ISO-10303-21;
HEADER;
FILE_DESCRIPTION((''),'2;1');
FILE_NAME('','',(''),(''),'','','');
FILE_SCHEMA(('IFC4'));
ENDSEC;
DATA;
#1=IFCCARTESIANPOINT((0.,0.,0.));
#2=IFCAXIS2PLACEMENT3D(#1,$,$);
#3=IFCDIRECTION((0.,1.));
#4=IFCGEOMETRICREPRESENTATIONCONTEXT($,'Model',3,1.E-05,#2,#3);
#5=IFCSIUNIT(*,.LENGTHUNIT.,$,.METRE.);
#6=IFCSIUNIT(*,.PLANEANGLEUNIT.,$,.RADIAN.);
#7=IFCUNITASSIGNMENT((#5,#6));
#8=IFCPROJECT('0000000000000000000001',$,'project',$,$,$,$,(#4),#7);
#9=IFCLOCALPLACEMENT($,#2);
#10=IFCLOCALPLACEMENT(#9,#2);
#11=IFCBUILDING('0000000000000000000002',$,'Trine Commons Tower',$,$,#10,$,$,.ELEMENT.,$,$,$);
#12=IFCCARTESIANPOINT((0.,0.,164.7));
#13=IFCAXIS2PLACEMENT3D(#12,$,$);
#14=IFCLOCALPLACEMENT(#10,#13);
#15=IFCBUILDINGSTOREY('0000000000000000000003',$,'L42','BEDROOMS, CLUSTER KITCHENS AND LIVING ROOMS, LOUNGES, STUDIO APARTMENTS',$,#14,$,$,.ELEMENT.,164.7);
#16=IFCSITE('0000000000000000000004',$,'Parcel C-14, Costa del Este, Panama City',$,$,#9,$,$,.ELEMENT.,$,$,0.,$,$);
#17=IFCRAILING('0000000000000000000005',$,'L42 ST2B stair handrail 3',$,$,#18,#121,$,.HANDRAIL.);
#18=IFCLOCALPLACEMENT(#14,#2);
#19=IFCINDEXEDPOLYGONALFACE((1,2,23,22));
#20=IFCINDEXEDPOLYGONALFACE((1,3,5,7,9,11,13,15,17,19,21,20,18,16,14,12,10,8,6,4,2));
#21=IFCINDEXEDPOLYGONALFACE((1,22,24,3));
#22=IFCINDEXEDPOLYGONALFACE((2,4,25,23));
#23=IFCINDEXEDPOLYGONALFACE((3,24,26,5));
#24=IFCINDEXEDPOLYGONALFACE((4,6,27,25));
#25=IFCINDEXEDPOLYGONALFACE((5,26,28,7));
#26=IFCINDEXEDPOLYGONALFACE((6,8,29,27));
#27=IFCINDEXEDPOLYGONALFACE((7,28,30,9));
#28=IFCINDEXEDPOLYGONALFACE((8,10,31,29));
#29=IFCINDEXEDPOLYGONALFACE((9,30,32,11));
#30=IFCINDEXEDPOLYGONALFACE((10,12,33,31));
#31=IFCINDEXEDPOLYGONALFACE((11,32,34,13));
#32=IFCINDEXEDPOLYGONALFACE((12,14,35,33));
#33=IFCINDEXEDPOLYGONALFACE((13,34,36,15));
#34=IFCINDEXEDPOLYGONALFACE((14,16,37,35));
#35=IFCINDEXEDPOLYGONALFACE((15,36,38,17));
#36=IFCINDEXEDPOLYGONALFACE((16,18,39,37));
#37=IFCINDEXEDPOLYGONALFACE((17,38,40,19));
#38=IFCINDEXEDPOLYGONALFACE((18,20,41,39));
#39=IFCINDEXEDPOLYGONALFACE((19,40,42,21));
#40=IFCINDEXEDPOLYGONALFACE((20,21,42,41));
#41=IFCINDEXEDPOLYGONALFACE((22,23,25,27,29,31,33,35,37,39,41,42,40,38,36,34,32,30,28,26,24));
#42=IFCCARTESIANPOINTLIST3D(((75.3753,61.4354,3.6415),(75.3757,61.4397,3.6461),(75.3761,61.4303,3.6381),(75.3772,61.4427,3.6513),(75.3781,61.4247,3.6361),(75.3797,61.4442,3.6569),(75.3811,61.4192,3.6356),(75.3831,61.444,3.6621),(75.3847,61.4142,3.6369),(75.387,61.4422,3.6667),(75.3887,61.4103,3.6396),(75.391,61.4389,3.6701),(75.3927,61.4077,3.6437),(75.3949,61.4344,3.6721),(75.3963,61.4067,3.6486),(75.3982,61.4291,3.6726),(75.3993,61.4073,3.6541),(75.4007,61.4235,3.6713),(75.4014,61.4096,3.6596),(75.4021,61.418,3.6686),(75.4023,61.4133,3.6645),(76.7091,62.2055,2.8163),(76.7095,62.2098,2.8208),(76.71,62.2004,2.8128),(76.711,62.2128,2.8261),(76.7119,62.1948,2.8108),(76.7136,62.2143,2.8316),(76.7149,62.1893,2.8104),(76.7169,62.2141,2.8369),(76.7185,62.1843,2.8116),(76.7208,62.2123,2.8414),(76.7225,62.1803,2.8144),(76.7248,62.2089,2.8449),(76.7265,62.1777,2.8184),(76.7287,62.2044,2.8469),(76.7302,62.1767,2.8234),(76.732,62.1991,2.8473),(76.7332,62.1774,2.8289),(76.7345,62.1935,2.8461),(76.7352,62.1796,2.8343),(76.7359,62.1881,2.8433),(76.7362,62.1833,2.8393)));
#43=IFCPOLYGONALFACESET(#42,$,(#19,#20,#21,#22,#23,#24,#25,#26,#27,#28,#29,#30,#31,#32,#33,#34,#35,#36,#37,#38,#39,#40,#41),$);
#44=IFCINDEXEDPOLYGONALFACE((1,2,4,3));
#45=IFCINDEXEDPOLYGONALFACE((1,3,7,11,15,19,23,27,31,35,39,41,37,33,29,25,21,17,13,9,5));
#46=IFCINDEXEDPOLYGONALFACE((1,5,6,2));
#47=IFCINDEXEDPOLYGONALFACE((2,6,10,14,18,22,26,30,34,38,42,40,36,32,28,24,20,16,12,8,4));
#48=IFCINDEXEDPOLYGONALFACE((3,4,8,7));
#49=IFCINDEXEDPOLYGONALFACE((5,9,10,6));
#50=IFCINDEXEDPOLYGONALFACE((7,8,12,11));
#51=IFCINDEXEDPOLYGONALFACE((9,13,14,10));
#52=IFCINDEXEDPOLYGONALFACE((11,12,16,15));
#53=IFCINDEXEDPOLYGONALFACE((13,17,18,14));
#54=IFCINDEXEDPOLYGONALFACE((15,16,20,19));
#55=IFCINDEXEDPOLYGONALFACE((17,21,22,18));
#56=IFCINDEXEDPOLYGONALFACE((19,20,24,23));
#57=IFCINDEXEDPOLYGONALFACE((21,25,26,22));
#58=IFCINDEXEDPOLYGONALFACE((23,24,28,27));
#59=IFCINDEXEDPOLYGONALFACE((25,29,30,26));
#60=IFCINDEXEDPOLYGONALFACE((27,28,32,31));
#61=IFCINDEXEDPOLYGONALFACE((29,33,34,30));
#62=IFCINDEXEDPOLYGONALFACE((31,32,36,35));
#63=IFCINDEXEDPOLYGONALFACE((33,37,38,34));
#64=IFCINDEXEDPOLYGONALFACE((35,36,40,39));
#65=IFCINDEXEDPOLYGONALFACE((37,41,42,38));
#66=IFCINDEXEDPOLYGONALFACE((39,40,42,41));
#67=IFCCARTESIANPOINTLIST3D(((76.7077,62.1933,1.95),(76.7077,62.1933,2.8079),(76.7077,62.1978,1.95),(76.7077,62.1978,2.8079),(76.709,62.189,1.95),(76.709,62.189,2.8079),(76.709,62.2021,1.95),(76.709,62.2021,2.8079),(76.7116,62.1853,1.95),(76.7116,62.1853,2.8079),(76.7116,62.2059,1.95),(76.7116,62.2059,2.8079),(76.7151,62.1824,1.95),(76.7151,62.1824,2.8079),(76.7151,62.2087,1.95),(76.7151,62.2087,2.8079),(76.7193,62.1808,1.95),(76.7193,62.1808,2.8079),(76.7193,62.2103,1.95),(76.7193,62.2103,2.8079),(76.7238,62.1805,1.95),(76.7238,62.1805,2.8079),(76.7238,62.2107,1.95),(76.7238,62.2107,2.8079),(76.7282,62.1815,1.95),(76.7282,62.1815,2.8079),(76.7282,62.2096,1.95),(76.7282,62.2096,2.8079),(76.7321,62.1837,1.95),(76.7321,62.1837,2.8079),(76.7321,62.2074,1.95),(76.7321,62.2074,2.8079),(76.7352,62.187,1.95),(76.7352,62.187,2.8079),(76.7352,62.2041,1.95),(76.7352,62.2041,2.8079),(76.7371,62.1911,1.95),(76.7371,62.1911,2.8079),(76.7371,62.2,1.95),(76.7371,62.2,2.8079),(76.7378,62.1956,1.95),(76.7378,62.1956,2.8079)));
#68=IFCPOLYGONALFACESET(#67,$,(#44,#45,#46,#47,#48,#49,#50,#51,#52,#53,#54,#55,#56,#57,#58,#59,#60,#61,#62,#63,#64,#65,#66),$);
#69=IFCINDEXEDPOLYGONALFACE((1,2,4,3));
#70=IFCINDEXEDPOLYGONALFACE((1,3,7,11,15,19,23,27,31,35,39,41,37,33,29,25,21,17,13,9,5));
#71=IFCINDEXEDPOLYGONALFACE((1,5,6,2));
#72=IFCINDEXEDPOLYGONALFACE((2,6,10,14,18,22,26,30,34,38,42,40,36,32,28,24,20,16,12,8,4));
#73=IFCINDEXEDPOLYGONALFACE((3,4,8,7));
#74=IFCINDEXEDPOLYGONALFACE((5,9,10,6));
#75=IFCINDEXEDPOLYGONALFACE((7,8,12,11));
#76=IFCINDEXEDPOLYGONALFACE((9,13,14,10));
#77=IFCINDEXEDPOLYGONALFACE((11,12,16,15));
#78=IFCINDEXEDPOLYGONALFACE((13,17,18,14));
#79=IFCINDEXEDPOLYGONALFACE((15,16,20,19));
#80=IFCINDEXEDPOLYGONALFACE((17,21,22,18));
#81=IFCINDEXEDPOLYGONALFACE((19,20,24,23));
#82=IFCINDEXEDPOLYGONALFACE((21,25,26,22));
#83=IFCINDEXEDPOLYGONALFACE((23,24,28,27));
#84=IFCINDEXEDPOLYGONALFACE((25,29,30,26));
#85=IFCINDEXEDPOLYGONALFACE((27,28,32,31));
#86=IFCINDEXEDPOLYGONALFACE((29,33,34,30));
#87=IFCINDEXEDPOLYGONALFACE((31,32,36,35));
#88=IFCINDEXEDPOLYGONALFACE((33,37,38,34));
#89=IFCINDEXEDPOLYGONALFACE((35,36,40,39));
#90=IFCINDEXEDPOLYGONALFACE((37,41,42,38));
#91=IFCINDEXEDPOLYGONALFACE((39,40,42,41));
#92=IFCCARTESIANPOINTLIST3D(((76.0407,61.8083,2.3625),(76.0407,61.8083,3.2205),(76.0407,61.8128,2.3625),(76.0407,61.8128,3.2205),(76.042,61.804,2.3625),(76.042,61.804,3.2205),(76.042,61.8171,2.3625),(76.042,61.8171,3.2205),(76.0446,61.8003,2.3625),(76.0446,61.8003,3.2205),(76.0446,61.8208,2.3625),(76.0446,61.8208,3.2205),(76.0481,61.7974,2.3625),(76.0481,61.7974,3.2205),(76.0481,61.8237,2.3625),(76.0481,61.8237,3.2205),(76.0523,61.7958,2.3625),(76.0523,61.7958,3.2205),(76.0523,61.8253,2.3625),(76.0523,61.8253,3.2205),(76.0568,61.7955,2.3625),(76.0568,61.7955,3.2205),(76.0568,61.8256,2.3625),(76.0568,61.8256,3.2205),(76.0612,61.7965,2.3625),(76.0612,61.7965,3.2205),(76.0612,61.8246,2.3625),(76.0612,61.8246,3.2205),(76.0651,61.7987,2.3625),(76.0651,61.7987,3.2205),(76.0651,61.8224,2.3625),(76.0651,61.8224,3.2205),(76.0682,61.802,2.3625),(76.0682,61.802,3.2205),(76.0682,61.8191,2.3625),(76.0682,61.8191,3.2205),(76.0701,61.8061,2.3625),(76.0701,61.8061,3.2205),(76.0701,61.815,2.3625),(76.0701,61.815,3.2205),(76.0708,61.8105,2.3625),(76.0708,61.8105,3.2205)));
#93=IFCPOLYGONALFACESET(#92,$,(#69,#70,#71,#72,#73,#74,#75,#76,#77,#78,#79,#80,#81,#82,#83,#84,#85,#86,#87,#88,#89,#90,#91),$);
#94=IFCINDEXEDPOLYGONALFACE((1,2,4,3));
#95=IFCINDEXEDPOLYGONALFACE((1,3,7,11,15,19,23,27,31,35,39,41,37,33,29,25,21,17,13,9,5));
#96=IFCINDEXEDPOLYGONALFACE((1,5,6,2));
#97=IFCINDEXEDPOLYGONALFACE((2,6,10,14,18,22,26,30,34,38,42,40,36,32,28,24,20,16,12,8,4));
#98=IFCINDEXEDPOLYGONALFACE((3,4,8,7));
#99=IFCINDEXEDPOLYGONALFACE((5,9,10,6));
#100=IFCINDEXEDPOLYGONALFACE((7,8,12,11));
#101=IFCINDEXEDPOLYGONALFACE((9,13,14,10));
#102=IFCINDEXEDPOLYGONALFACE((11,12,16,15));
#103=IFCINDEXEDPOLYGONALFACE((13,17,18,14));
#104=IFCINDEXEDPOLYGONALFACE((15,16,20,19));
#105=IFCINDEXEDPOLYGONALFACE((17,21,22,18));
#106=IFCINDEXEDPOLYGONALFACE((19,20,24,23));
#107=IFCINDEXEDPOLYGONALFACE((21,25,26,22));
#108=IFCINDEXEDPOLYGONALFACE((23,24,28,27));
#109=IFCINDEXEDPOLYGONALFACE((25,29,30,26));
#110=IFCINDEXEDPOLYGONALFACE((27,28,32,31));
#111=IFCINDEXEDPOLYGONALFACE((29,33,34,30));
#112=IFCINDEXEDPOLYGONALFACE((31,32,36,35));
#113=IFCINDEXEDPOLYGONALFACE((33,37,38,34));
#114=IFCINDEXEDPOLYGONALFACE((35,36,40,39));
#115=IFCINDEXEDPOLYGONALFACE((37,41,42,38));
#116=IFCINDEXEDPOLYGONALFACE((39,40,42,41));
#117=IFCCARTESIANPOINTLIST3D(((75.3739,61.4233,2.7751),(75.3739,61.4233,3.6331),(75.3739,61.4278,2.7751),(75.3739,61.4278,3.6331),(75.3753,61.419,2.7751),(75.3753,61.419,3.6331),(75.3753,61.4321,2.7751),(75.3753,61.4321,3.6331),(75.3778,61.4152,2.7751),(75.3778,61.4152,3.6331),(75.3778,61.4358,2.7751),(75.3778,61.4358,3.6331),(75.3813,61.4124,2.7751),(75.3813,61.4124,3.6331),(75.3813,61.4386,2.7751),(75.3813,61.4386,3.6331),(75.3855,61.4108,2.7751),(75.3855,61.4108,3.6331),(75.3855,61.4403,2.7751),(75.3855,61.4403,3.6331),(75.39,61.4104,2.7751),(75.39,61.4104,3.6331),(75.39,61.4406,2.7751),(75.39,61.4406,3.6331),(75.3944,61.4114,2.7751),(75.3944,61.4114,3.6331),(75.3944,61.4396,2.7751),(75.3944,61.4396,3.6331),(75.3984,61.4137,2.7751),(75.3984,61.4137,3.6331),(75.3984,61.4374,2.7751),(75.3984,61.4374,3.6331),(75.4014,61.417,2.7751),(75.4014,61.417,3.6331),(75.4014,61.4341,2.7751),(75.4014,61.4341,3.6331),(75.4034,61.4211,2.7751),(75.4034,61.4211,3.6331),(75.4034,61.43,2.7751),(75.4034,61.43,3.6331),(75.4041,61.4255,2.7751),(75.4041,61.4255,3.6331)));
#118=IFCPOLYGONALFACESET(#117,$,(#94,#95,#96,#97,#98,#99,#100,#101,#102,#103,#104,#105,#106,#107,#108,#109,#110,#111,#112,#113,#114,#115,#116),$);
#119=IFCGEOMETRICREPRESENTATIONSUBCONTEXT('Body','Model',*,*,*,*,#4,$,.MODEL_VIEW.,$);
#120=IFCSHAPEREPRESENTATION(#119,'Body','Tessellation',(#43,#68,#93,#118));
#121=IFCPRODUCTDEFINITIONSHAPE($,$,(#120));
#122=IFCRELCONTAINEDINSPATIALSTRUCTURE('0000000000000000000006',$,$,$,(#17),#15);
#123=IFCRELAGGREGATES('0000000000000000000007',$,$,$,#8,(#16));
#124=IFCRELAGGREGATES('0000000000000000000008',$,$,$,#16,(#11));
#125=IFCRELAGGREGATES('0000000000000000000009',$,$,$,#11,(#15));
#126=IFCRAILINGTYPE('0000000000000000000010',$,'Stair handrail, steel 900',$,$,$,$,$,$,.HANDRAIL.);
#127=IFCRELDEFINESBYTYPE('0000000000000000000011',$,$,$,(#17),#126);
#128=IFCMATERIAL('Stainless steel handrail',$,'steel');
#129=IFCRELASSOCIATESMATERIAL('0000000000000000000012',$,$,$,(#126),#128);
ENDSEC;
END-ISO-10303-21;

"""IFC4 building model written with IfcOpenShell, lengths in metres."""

from ifc_helpers import new_model, si_unit, direction, frame, origin, origin_2d, place, context, subcontext, project, spatial, circle, extrude, material, type_object, element, save


model = new_model("IFC4")

# Units and contexts
model_context = context("Model", 3, precision=1e-05, world=origin(), true_north=direction((0.0, 1.0)))
body_context = subcontext(model_context, "Body", "Model", "MODEL_VIEW")
ifc_project = project(units=[si_unit("LENGTHUNIT", "METRE"), si_unit("PLANEANGLEUNIT", "RADIAN")], contexts=[model_context])

# Site, building, storey
site_placement = place(None, origin())
site = spatial("IfcSite", under=ifc_project, at=site_placement, Name="Parcel C-14, Costa del Este, Panama City", CompositionType="ELEMENT", RefElevation=0.0)
building_placement = place(site_placement, origin())
building = spatial("IfcBuilding", under=site, at=building_placement, Name="Trine Commons Tower", CompositionType="ELEMENT")
storey_placement = place(building_placement, frame((0.0, 0.0, 164.7)))
storey = spatial("IfcBuildingStorey", under=building, at=storey_placement, Name="L42", Description="BEDROOMS, CLUSTER KITCHENS AND LIVING ROOMS, LOUNGES, STUDIO APARTMENTS", CompositionType="ELEMENT", Elevation=164.7)

# Railing
ifc_material_1 = material(Name="Stainless steel handrail", Category="steel")
railing_type_1 = type_object("IfcRailingType", Name="Stair handrail, steel 900", PredefinedType="HANDRAIL", material=ifc_material_1)
railing_1_placement = place(storey_placement, frame((76.7227, 62.1956, 1.95)))
element("IfcRailing", 1, at=railing_1_placement, inside=storey, type_object=railing_type_1, Name="L42 ST2B stair handrail 3", PredefinedType="HANDRAIL", context=body_context, shape_type="SweptSolid", body=[
    extrude(circle(Radius=0.021, at=origin_2d()), frame((0.0, 0.0, 0.8789), z_axis=(-0.763355, -0.440714, 0.472293), x_axis=(0.499992, -0.86603, 0.0)), (0.0, 0.0, 1.0), 1.7473),
    extrude(circle(Radius=0.0151, at=origin_2d()), origin(), (0.0, 0.0, 1.0), 0.8579),
    extrude(circle(Radius=0.0151, at=origin_2d()), frame((-0.667, -0.385, 0.4126)), (0.0, 0.0, 1.0), 0.8579),
    extrude(circle(Radius=0.0151, at=origin_2d()), frame((-1.3337, -0.77, 0.8252)), (0.0, 0.0, 1.0), 0.8579),
])

save(model, "model.ifc")
